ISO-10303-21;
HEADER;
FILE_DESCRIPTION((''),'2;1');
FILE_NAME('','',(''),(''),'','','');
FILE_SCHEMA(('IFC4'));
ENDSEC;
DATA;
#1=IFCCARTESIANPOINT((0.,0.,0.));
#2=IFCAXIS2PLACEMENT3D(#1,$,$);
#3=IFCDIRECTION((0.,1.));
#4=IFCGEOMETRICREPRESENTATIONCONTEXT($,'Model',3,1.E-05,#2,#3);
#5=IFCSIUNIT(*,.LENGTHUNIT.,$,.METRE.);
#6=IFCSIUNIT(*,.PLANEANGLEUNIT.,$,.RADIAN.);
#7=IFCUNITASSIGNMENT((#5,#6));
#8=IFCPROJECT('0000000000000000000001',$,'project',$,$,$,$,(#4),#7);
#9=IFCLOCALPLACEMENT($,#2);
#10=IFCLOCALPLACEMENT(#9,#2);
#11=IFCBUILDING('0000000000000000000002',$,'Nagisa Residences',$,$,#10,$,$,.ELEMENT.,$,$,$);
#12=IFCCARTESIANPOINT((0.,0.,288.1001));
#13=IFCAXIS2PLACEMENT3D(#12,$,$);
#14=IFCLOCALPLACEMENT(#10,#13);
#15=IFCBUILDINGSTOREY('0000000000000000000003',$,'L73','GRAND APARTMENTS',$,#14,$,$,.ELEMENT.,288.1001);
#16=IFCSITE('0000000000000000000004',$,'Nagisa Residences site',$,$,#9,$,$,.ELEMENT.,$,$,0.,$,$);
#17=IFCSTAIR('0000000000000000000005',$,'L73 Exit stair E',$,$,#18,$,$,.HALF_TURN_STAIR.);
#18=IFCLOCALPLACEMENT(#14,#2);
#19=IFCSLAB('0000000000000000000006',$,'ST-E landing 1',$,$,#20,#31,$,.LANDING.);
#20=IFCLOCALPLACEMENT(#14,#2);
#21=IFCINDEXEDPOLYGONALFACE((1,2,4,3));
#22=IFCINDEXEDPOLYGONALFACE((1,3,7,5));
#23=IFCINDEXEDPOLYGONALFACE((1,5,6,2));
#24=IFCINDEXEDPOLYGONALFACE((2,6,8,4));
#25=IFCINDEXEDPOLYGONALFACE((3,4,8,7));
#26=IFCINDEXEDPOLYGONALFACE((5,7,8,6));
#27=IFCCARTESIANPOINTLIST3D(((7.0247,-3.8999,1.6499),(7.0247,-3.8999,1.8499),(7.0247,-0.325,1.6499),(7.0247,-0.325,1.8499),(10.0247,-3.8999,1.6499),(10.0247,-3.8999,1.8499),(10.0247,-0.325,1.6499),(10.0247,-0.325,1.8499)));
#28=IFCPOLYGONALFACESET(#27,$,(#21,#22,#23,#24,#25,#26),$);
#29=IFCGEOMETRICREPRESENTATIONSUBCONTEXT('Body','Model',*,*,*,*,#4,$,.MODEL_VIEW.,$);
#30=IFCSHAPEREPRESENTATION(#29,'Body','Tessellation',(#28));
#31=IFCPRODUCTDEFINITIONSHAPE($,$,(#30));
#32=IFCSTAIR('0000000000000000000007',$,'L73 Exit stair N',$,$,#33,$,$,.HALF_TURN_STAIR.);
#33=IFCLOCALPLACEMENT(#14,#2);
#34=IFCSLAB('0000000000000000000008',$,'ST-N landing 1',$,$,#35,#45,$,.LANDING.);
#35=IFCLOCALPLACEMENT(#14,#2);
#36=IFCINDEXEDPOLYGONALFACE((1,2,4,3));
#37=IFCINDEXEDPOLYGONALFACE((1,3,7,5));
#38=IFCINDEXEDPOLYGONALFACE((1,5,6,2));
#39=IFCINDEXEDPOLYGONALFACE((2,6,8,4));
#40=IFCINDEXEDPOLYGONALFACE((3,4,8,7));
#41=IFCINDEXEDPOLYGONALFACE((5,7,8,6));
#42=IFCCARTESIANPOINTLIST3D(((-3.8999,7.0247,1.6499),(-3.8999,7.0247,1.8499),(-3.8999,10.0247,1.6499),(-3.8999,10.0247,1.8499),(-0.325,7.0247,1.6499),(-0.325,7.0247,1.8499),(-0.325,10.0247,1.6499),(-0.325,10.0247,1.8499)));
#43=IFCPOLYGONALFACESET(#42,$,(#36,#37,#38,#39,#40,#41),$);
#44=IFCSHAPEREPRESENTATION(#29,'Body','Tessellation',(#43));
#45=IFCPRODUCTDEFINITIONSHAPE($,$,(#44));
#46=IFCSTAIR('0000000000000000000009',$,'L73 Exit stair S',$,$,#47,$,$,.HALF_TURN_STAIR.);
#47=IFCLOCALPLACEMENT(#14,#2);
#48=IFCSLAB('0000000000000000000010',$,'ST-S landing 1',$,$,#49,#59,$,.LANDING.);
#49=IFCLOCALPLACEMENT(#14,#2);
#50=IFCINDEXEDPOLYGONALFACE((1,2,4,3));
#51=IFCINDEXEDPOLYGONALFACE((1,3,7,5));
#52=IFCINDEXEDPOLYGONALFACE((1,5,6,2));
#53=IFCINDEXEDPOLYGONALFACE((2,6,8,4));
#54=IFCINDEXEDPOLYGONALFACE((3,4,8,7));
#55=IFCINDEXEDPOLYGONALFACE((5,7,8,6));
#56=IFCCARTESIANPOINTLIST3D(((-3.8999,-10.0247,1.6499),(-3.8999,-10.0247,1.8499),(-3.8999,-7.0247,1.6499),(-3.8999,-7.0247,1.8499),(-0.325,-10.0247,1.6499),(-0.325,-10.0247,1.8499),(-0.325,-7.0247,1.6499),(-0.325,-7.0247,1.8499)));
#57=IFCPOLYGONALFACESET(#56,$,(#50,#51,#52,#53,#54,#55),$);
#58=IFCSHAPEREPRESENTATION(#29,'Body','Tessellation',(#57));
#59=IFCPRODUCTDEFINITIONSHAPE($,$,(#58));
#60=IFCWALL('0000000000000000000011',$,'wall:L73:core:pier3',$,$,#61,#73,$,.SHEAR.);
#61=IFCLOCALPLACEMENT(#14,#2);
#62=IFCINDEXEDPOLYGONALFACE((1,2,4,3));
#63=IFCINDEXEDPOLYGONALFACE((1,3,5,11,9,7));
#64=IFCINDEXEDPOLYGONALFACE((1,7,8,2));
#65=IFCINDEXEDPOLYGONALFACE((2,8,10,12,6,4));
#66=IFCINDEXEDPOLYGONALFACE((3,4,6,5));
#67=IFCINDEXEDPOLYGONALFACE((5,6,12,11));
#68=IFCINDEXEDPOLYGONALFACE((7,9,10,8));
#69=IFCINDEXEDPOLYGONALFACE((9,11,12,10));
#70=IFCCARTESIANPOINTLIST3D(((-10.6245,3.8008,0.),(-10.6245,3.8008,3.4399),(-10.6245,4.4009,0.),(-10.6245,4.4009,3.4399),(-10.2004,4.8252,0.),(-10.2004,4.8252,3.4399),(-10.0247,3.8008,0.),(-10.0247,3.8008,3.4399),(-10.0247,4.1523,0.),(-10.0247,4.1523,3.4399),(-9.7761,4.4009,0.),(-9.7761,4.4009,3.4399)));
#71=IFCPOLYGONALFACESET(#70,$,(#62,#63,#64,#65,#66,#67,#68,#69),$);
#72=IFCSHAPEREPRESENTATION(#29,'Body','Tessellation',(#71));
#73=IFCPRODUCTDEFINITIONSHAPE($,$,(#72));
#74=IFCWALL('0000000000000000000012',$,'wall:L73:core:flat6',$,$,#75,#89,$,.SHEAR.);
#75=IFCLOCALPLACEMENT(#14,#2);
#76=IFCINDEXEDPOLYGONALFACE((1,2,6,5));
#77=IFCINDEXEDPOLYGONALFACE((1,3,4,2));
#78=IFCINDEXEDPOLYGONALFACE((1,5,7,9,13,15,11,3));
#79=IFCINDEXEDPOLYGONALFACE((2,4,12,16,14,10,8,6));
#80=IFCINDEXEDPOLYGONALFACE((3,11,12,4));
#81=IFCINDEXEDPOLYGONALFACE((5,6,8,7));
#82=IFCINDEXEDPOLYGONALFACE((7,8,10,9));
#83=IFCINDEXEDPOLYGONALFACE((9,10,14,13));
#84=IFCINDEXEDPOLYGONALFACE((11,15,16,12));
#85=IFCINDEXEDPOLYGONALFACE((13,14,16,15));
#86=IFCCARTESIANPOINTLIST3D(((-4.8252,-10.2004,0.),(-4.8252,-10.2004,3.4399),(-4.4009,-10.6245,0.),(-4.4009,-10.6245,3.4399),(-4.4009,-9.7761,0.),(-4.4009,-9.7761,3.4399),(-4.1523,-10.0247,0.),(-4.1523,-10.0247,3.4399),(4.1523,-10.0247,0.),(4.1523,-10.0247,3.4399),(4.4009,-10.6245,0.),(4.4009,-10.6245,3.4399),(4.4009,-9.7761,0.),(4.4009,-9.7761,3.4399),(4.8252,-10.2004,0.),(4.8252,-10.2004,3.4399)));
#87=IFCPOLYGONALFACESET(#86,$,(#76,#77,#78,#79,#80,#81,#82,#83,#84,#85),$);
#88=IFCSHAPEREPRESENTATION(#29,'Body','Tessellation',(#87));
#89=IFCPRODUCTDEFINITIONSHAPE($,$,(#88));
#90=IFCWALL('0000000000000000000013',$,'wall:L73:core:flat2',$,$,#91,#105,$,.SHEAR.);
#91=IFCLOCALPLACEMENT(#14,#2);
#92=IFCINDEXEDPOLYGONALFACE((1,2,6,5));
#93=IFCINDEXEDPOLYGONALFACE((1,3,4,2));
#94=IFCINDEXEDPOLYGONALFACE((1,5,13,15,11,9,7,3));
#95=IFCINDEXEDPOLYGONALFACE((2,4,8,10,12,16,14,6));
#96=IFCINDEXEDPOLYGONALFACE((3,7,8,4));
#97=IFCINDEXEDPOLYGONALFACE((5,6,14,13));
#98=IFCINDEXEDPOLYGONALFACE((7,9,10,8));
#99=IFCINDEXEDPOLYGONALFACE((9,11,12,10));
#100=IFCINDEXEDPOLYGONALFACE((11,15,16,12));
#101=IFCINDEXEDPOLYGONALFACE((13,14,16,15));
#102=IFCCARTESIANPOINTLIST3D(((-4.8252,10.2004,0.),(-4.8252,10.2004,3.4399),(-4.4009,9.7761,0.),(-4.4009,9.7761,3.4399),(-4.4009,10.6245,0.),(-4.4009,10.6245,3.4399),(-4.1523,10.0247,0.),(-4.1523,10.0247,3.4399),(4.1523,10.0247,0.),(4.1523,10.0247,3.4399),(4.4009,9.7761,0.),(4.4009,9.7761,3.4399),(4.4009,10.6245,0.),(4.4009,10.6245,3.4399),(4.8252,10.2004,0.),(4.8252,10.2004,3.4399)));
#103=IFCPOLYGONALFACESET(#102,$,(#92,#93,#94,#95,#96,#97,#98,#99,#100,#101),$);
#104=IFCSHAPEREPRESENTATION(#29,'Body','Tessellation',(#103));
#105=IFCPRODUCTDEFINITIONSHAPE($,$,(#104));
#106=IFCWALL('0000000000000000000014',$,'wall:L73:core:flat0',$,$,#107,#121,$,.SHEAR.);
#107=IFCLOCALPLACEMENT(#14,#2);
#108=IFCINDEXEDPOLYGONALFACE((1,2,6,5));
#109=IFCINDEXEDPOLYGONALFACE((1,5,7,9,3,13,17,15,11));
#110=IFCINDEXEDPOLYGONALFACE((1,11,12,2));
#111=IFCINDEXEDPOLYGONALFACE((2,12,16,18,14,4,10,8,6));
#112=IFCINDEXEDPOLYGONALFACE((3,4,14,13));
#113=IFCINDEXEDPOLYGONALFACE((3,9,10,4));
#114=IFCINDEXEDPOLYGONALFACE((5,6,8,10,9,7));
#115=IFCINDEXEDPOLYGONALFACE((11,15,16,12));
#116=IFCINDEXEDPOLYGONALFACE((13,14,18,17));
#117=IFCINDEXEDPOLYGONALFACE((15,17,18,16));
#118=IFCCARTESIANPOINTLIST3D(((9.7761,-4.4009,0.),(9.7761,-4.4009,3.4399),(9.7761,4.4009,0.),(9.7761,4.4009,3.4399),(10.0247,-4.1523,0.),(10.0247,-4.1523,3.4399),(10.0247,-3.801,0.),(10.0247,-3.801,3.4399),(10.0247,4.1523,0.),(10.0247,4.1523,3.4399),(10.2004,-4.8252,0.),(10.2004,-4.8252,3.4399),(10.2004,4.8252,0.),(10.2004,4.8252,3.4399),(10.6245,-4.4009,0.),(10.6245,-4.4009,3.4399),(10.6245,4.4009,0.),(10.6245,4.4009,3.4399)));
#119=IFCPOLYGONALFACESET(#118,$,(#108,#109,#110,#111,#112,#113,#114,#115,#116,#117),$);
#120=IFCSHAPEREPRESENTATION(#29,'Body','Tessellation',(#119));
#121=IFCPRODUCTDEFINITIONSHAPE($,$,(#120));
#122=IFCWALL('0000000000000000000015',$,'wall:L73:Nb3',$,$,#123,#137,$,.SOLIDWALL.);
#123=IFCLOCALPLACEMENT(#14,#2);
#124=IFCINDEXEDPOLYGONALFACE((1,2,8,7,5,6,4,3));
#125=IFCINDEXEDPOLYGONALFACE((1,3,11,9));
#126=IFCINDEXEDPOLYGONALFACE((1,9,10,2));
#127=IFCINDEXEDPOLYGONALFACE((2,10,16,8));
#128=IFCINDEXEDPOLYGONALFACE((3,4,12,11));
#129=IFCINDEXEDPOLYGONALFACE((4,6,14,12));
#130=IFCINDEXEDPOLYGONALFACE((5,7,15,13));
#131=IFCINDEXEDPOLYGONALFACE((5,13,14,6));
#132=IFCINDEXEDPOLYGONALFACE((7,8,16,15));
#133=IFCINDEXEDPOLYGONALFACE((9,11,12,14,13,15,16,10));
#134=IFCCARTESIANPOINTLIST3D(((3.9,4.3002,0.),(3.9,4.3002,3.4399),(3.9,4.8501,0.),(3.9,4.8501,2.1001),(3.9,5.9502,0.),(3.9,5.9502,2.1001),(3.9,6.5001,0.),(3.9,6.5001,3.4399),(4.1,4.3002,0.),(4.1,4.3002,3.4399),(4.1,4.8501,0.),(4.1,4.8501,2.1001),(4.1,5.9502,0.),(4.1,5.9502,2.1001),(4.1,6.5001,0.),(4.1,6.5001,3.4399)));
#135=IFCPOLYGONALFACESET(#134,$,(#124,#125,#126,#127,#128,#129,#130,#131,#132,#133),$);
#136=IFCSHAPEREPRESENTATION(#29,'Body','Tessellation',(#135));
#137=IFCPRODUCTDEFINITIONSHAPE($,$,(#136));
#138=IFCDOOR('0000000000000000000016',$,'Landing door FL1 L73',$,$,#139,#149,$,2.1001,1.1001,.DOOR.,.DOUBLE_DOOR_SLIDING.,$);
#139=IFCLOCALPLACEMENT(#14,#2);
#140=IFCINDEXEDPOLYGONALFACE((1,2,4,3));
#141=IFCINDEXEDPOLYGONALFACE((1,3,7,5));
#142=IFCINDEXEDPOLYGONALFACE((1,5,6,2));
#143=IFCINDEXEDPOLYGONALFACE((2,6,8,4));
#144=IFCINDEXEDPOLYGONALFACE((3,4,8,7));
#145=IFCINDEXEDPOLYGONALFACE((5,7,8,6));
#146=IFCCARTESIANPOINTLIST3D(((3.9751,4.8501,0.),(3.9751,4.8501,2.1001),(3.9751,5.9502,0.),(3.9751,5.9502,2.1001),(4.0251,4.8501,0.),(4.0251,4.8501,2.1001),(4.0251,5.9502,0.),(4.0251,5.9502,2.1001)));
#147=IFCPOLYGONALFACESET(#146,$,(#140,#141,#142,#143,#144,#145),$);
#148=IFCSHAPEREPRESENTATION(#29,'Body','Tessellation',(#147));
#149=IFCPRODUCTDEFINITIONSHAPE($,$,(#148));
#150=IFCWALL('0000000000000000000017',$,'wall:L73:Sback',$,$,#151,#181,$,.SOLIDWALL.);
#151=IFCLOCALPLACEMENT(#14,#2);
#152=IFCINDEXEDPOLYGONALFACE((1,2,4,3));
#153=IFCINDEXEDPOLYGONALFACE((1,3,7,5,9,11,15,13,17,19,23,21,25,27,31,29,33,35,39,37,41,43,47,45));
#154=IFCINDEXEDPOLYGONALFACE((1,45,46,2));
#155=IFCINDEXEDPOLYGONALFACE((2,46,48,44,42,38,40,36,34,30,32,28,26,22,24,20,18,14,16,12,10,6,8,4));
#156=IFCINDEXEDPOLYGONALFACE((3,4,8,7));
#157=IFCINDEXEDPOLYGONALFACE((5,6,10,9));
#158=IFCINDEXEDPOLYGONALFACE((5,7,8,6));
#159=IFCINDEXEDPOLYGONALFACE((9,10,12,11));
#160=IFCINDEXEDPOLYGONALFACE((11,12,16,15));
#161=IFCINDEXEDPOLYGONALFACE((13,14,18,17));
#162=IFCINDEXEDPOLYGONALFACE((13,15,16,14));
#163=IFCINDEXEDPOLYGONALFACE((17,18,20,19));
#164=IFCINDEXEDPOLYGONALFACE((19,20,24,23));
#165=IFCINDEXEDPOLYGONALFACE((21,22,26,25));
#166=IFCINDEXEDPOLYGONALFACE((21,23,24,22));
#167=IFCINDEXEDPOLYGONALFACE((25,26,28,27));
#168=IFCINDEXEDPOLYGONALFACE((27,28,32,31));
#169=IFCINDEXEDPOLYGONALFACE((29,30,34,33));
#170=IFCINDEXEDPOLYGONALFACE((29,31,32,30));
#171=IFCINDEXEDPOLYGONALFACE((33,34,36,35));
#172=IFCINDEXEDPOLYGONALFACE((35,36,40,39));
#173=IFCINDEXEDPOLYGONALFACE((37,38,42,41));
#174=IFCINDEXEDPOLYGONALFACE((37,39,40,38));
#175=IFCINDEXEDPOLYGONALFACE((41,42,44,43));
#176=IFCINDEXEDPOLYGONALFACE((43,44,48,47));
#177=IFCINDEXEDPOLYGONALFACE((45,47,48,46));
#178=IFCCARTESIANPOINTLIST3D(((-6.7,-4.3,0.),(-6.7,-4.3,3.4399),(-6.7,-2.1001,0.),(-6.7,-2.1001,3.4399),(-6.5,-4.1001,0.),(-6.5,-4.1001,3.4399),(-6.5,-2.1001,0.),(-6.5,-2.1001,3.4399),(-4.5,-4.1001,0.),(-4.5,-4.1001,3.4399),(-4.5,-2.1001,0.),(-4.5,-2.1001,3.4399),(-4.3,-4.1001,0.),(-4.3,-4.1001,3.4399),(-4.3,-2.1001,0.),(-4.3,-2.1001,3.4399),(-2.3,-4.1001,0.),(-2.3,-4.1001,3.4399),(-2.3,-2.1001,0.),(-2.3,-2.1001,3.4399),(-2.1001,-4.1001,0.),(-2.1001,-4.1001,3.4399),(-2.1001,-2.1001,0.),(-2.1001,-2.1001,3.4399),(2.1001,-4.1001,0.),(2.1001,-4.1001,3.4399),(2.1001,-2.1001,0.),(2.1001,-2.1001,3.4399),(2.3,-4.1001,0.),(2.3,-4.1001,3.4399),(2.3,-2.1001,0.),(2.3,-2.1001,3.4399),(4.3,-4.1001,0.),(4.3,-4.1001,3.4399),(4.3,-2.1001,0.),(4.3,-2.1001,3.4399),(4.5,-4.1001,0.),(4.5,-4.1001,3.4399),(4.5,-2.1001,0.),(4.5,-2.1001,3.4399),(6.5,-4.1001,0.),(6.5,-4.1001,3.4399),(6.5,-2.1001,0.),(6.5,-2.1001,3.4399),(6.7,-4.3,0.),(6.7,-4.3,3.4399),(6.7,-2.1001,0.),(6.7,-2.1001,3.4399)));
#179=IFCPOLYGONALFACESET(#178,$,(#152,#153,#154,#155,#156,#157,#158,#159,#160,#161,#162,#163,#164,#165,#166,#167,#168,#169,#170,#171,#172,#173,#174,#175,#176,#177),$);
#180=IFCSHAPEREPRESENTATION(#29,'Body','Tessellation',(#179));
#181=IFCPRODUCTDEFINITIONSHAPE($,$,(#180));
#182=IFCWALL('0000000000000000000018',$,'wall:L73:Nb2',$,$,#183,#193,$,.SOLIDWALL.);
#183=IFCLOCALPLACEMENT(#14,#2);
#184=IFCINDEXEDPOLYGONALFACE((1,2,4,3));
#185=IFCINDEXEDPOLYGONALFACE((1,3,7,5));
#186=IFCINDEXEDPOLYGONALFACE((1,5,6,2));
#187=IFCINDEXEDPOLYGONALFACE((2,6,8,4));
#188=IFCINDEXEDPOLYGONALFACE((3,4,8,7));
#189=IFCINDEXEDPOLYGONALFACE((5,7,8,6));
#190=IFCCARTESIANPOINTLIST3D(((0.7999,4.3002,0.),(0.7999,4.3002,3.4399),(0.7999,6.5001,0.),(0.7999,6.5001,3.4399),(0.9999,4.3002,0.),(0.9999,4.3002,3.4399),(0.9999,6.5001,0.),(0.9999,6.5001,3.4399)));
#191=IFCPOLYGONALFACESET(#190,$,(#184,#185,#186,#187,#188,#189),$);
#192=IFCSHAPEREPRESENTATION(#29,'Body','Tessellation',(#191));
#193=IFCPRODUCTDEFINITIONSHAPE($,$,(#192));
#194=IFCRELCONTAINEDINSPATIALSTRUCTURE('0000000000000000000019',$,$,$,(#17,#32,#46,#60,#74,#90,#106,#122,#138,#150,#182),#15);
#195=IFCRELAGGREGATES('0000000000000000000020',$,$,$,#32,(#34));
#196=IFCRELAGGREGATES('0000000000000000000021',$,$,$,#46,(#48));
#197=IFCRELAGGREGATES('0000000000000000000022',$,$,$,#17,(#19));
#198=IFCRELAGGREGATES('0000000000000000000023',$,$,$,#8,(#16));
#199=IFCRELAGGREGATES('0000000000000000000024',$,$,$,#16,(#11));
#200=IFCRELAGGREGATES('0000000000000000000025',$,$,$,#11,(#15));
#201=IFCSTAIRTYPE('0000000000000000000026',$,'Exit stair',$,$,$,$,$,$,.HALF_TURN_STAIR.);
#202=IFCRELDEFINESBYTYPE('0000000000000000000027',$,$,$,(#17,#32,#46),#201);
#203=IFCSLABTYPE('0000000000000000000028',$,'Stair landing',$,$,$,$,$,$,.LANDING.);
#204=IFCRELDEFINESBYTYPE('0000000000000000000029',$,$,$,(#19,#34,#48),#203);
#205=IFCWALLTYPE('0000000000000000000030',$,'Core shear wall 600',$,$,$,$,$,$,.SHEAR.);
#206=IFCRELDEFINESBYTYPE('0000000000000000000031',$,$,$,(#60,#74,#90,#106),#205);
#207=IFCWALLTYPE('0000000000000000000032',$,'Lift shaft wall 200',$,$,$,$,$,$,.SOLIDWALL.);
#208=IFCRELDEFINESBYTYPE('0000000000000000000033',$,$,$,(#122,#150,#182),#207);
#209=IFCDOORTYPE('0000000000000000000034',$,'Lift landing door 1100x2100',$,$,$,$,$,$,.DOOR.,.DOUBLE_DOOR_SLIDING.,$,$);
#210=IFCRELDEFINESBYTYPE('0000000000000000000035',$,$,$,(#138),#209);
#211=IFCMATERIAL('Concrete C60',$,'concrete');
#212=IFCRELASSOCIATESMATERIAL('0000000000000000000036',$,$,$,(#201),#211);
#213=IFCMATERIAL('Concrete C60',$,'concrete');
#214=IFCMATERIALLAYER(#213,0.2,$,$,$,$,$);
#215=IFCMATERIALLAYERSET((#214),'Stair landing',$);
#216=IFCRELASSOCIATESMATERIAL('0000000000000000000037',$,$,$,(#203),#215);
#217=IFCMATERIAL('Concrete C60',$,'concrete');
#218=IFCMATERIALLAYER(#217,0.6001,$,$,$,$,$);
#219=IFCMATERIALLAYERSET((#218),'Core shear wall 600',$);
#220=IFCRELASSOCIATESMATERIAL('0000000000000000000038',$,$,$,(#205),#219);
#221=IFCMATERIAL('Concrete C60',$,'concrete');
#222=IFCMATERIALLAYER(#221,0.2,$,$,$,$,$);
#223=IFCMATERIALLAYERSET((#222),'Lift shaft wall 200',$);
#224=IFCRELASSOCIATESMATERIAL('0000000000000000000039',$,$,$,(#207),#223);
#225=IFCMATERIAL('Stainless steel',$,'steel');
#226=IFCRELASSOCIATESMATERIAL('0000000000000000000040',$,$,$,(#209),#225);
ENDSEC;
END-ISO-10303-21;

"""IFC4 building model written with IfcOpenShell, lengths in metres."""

from ifc_helpers import new_model, si_unit, direction, frame, frame_2d, origin, place, context, subcontext, project, spatial, polyline, rectangle, outline, extrude, material, layer, layer_set, type_object, element, fill, aggregate, save


model = new_model("IFC4")

# Units and contexts
model_context = context("Model", 3, precision=1e-05, world=origin(), true_north=direction((0.0, 1.0)))
body_context = subcontext(model_context, "Body", "Model", "MODEL_VIEW")
ifc_project = project(units=[si_unit("LENGTHUNIT", "METRE"), si_unit("PLANEANGLEUNIT", "RADIAN")], contexts=[model_context])

# Site, building, storey
site_placement = place(None, origin())
site = spatial("IfcSite", under=ifc_project, at=site_placement, Name="Nagisa Residences site", CompositionType="ELEMENT", RefElevation=0.0)
building_placement = place(site_placement, origin())
building = spatial("IfcBuilding", under=site, at=building_placement, Name="Nagisa Residences", CompositionType="ELEMENT")
storey_placement = place(building_placement, frame((0.0, 0.0, 288.1001)))
storey = spatial("IfcBuildingStorey", under=building, at=storey_placement, Name="L73", Description="GRAND APARTMENTS", CompositionType="ELEMENT", Elevation=288.1001)

# Stairs, slabs
ifc_material_1 = material(Name="Concrete C60", Category="concrete")
stair_type = type_object("IfcStairType", Name="Exit stair", PredefinedType="HALF_TURN_STAIR", material=ifc_material_1)
stair_1_placement = place(storey_placement, origin())
stair_1 = element("IfcStair", 1, at=stair_1_placement, inside=storey, type_object=stair_type, Name="L73 Exit stair E", PredefinedType="HALF_TURN_STAIR")
ifc_material_2 = material(Name="Concrete C60", Category="concrete")
ifc_layer_1 = layer(ifc_material_2, 0.2)
ifc_layer_set_1 = layer_set([ifc_layer_1], Name="Stair landing")
slab_type = type_object("IfcSlabType", Name="Stair landing", PredefinedType="LANDING", material=ifc_layer_set_1)
slab_1_placement = place(storey_placement, frame((0.0, 0.0, 1.6499)))
slab_1 = element("IfcSlab", 2, at=slab_1_placement, type_object=slab_type, Name="ST-E landing 1", PredefinedType="LANDING", context=body_context, shape_type="SweptSolid", body=[
    extrude(outline(polyline([(7.0247, -0.325), (7.0247, -3.8999), (10.0247, -3.8999), (10.0247, -0.325), (7.0247, -0.325)])), origin(), (0.0, 0.0, 1.0), 0.2),
])
stair_2_placement = place(storey_placement, origin())
stair_2 = element("IfcStair", 3, at=stair_2_placement, inside=storey, type_object=stair_type, Name="L73 Exit stair N", PredefinedType="HALF_TURN_STAIR")
slab_2_placement = place(storey_placement, frame((0.0, 0.0, 1.6499)))
slab_2 = element("IfcSlab", 4, at=slab_2_placement, type_object=slab_type, Name="ST-N landing 1", PredefinedType="LANDING", context=body_context, shape_type="SweptSolid", body=[
    extrude(outline(polyline([(-0.325, 10.0247), (-3.8999, 10.0247), (-3.8999, 7.0247), (-0.325, 7.0247), (-0.325, 10.0247)])), origin(), (0.0, 0.0, 1.0), 0.2),
])
aggregate(stair_2, [slab_2])
stair_3_placement = place(storey_placement, origin())
stair_3 = element("IfcStair", 5, at=stair_3_placement, inside=storey, type_object=stair_type, Name="L73 Exit stair S", PredefinedType="HALF_TURN_STAIR")
slab_3_placement = place(storey_placement, frame((0.0, 0.0, 1.6499)))
slab_3 = element("IfcSlab", 6, at=slab_3_placement, type_object=slab_type, Name="ST-S landing 1", PredefinedType="LANDING", context=body_context, shape_type="SweptSolid", body=[
    extrude(outline(polyline([(-0.325, -7.0247), (-3.8999, -7.0247), (-3.8999, -10.0247), (-0.325, -10.0247), (-0.325, -7.0247)])), origin(), (0.0, 0.0, 1.0), 0.2),
])
aggregate(stair_3, [slab_3])

# Walls
ifc_material_3 = material(Name="Concrete C60", Category="concrete")
ifc_layer_2 = layer(ifc_material_3, 0.6001)
ifc_layer_set_2 = layer_set([ifc_layer_2], Name="Core shear wall 600")
wall_type_1 = type_object("IfcWallType", Name="Core shear wall 600", PredefinedType="SHEAR", material=ifc_layer_set_2)
wall_1_placement = place(storey_placement, origin())
element("IfcWall", 7, at=wall_1_placement, inside=storey, type_object=wall_type_1, Name="wall:L73:core:pier3", PredefinedType="SHEAR", context=body_context, shape_type="SweptSolid", body=[
    extrude(outline(polyline([(-10.2004, 4.8252), (-9.7761, 4.4009), (-10.0247, 4.1523), (-10.0247, 3.8008), (-10.6245, 3.8008), (-10.6245, 4.4009), (-10.2004, 4.8252)])), origin(), (0.0, 0.0, 1.0), 3.4399),
])
wall_2_placement = place(storey_placement, origin())
element("IfcWall", 8, at=wall_2_placement, inside=storey, type_object=wall_type_1, Name="wall:L73:core:flat6", PredefinedType="SHEAR", context=body_context, shape_type="SweptSolid", body=[
    extrude(outline(polyline([(-4.1523, -10.0247), (4.1523, -10.0247), (4.4009, -9.7761), (4.8252, -10.2004), (4.4009, -10.6245), (-4.4009, -10.6245), (-4.8252, -10.2004), (-4.4009, -9.7761), (-4.1523, -10.0247)])), origin(), (0.0, 0.0, 1.0), 3.4399),
])
wall_3_placement = place(storey_placement, origin())
element("IfcWall", 9, at=wall_3_placement, inside=storey, type_object=wall_type_1, Name="wall:L73:core:flat2", PredefinedType="SHEAR", context=body_context, shape_type="SweptSolid", body=[
    extrude(outline(polyline([(-4.1523, 10.0247), (-4.4009, 9.7761), (-4.8252, 10.2004), (-4.4009, 10.6245), (4.4009, 10.6245), (4.8252, 10.2004), (4.4009, 9.7761), (4.1523, 10.0247), (-4.1523, 10.0247)])), origin(), (0.0, 0.0, 1.0), 3.4399),
])
wall_4_placement = place(storey_placement, origin())
element("IfcWall", 10, at=wall_4_placement, inside=storey, type_object=wall_type_1, Name="wall:L73:core:flat0", PredefinedType="SHEAR", context=body_context, shape_type="SweptSolid", body=[
    extrude(outline(polyline([(9.7761, -4.4009), (10.0247, -4.1523), (10.0247, -3.801), (10.0247, 4.1523), (9.7761, 4.4009), (10.2004, 4.8252), (10.6245, 4.4009), (10.6245, -4.4009), (10.2004, -4.8252), (9.7761, -4.4009)])), origin(), (0.0, 0.0, 1.0), 3.4399),
])

# Wall, opening, door
ifc_material_4 = material(Name="Concrete C60", Category="concrete")
ifc_layer_3 = layer(ifc_material_4, 0.2)
ifc_layer_set_3 = layer_set([ifc_layer_3], Name="Lift shaft wall 200")
wall_type_2 = type_object("IfcWallType", Name="Lift shaft wall 200", PredefinedType="SOLIDWALL", material=ifc_layer_set_3)
wall_5_placement = place(storey_placement, frame((4.0, 4.3, 0.0), z_axis=(0.0, 0.0, 1.0), x_axis=(0.0, 1.0, 0.0)))
wall_5 = element("IfcWall", 11, at=wall_5_placement, inside=storey, type_object=wall_type_2, Name="wall:L73:Nb3", PredefinedType="SOLIDWALL", context=body_context, shape_type="SweptSolid", body=[
    extrude(rectangle(XDim=2.2, YDim=0.2, at=frame_2d((1.1001, 0.0))), origin(), (0.0, 0.0, 1.0), 3.4399),
])
opening_1_placement = place(wall_5_placement, frame((0.55, 0.0, 0.0)))
opening_1 = element("IfcOpeningElement", 12, at=opening_1_placement, cuts=wall_5, PredefinedType="OPENING", context=body_context, shape_type="SweptSolid", body=[
    extrude(rectangle(XDim=1.1001, YDim=2.1001, at=frame_2d((0.55, 1.05))), frame((0.0, 0.1099, 0.0), z_axis=(0.0, -1.0, 0.0), x_axis=(1.0, 0.0, 0.0)), (0.0, 0.0, 1.0), 0.22),
])
ifc_material_5 = material(Name="Stainless steel", Category="steel")
door_type_1 = type_object("IfcDoorType", Name="Lift landing door 1100x2100", OperationType="DOUBLE_DOOR_SLIDING", PredefinedType="DOOR", material=ifc_material_5)
door_1_placement = place(opening_1_placement, origin())
door_1 = element("IfcDoor", 13, at=door_1_placement, inside=storey, type_object=door_type_1, Name="Landing door FL1 L73", OperationType="DOUBLE_DOOR_SLIDING", OverallHeight=2.1001, OverallWidth=1.1001, PredefinedType="DOOR", context=body_context, shape_type="SweptSolid", body=[
    extrude(rectangle(XDim=1.1001, YDim=2.1001, at=frame_2d((0.55, 1.05))), frame((0.0, 0.0249, 0.0), z_axis=(0.0, -1.0, 0.0), x_axis=(1.0, 0.0, 0.0)), (0.0, 0.0, 1.0), 0.05),
])
fill(opening_1, door_1)

# Walls
wall_6_placement = place(storey_placement, origin())
element("IfcWall", 14, at=wall_6_placement, inside=storey, type_object=wall_type_2, Name="wall:L73:Sback", PredefinedType="SOLIDWALL", context=body_context, shape_type="SweptSolid", body=[
    extrude(outline(polyline([(-6.7, -2.1001), (-6.5, -2.1001), (-6.5, -4.1001), (-4.5, -4.1001), (-4.5, -2.1001), (-4.3, -2.1001), (-4.3, -4.1001), (-2.3, -4.1001), (-2.3, -2.1001), (-2.1001, -2.1001), (-2.1001, -4.1001), (2.1001, -4.1001), (2.1001, -2.1001), (2.3, -2.1001), (2.3, -4.1001), (4.3, -4.1001), (4.3, -2.1001), (4.5, -2.1001), (4.5, -4.1001), (6.5, -4.1001), (6.5, -2.1001), (6.7, -2.1001), (6.7, -4.3), (-6.7, -4.3), (-6.7, -2.1001)])), origin(), (0.0, 0.0, 1.0), 3.4399),
])
wall_7_placement = place(storey_placement, frame((0.8999, 4.3, 0.0), z_axis=(0.0, 0.0, 1.0), x_axis=(0.0, 1.0, 0.0)))
element("IfcWall", 15, at=wall_7_placement, inside=storey, type_object=wall_type_2, Name="wall:L73:Nb2", PredefinedType="SOLIDWALL", context=body_context, shape_type="SweptSolid", body=[
    extrude(rectangle(XDim=2.2, YDim=0.2, at=frame_2d((1.1001, 0.0))), origin(), (0.0, 0.0, 1.0), 3.4399),
])

aggregate(stair_1, [slab_1])

save(model, "model.ifc")
